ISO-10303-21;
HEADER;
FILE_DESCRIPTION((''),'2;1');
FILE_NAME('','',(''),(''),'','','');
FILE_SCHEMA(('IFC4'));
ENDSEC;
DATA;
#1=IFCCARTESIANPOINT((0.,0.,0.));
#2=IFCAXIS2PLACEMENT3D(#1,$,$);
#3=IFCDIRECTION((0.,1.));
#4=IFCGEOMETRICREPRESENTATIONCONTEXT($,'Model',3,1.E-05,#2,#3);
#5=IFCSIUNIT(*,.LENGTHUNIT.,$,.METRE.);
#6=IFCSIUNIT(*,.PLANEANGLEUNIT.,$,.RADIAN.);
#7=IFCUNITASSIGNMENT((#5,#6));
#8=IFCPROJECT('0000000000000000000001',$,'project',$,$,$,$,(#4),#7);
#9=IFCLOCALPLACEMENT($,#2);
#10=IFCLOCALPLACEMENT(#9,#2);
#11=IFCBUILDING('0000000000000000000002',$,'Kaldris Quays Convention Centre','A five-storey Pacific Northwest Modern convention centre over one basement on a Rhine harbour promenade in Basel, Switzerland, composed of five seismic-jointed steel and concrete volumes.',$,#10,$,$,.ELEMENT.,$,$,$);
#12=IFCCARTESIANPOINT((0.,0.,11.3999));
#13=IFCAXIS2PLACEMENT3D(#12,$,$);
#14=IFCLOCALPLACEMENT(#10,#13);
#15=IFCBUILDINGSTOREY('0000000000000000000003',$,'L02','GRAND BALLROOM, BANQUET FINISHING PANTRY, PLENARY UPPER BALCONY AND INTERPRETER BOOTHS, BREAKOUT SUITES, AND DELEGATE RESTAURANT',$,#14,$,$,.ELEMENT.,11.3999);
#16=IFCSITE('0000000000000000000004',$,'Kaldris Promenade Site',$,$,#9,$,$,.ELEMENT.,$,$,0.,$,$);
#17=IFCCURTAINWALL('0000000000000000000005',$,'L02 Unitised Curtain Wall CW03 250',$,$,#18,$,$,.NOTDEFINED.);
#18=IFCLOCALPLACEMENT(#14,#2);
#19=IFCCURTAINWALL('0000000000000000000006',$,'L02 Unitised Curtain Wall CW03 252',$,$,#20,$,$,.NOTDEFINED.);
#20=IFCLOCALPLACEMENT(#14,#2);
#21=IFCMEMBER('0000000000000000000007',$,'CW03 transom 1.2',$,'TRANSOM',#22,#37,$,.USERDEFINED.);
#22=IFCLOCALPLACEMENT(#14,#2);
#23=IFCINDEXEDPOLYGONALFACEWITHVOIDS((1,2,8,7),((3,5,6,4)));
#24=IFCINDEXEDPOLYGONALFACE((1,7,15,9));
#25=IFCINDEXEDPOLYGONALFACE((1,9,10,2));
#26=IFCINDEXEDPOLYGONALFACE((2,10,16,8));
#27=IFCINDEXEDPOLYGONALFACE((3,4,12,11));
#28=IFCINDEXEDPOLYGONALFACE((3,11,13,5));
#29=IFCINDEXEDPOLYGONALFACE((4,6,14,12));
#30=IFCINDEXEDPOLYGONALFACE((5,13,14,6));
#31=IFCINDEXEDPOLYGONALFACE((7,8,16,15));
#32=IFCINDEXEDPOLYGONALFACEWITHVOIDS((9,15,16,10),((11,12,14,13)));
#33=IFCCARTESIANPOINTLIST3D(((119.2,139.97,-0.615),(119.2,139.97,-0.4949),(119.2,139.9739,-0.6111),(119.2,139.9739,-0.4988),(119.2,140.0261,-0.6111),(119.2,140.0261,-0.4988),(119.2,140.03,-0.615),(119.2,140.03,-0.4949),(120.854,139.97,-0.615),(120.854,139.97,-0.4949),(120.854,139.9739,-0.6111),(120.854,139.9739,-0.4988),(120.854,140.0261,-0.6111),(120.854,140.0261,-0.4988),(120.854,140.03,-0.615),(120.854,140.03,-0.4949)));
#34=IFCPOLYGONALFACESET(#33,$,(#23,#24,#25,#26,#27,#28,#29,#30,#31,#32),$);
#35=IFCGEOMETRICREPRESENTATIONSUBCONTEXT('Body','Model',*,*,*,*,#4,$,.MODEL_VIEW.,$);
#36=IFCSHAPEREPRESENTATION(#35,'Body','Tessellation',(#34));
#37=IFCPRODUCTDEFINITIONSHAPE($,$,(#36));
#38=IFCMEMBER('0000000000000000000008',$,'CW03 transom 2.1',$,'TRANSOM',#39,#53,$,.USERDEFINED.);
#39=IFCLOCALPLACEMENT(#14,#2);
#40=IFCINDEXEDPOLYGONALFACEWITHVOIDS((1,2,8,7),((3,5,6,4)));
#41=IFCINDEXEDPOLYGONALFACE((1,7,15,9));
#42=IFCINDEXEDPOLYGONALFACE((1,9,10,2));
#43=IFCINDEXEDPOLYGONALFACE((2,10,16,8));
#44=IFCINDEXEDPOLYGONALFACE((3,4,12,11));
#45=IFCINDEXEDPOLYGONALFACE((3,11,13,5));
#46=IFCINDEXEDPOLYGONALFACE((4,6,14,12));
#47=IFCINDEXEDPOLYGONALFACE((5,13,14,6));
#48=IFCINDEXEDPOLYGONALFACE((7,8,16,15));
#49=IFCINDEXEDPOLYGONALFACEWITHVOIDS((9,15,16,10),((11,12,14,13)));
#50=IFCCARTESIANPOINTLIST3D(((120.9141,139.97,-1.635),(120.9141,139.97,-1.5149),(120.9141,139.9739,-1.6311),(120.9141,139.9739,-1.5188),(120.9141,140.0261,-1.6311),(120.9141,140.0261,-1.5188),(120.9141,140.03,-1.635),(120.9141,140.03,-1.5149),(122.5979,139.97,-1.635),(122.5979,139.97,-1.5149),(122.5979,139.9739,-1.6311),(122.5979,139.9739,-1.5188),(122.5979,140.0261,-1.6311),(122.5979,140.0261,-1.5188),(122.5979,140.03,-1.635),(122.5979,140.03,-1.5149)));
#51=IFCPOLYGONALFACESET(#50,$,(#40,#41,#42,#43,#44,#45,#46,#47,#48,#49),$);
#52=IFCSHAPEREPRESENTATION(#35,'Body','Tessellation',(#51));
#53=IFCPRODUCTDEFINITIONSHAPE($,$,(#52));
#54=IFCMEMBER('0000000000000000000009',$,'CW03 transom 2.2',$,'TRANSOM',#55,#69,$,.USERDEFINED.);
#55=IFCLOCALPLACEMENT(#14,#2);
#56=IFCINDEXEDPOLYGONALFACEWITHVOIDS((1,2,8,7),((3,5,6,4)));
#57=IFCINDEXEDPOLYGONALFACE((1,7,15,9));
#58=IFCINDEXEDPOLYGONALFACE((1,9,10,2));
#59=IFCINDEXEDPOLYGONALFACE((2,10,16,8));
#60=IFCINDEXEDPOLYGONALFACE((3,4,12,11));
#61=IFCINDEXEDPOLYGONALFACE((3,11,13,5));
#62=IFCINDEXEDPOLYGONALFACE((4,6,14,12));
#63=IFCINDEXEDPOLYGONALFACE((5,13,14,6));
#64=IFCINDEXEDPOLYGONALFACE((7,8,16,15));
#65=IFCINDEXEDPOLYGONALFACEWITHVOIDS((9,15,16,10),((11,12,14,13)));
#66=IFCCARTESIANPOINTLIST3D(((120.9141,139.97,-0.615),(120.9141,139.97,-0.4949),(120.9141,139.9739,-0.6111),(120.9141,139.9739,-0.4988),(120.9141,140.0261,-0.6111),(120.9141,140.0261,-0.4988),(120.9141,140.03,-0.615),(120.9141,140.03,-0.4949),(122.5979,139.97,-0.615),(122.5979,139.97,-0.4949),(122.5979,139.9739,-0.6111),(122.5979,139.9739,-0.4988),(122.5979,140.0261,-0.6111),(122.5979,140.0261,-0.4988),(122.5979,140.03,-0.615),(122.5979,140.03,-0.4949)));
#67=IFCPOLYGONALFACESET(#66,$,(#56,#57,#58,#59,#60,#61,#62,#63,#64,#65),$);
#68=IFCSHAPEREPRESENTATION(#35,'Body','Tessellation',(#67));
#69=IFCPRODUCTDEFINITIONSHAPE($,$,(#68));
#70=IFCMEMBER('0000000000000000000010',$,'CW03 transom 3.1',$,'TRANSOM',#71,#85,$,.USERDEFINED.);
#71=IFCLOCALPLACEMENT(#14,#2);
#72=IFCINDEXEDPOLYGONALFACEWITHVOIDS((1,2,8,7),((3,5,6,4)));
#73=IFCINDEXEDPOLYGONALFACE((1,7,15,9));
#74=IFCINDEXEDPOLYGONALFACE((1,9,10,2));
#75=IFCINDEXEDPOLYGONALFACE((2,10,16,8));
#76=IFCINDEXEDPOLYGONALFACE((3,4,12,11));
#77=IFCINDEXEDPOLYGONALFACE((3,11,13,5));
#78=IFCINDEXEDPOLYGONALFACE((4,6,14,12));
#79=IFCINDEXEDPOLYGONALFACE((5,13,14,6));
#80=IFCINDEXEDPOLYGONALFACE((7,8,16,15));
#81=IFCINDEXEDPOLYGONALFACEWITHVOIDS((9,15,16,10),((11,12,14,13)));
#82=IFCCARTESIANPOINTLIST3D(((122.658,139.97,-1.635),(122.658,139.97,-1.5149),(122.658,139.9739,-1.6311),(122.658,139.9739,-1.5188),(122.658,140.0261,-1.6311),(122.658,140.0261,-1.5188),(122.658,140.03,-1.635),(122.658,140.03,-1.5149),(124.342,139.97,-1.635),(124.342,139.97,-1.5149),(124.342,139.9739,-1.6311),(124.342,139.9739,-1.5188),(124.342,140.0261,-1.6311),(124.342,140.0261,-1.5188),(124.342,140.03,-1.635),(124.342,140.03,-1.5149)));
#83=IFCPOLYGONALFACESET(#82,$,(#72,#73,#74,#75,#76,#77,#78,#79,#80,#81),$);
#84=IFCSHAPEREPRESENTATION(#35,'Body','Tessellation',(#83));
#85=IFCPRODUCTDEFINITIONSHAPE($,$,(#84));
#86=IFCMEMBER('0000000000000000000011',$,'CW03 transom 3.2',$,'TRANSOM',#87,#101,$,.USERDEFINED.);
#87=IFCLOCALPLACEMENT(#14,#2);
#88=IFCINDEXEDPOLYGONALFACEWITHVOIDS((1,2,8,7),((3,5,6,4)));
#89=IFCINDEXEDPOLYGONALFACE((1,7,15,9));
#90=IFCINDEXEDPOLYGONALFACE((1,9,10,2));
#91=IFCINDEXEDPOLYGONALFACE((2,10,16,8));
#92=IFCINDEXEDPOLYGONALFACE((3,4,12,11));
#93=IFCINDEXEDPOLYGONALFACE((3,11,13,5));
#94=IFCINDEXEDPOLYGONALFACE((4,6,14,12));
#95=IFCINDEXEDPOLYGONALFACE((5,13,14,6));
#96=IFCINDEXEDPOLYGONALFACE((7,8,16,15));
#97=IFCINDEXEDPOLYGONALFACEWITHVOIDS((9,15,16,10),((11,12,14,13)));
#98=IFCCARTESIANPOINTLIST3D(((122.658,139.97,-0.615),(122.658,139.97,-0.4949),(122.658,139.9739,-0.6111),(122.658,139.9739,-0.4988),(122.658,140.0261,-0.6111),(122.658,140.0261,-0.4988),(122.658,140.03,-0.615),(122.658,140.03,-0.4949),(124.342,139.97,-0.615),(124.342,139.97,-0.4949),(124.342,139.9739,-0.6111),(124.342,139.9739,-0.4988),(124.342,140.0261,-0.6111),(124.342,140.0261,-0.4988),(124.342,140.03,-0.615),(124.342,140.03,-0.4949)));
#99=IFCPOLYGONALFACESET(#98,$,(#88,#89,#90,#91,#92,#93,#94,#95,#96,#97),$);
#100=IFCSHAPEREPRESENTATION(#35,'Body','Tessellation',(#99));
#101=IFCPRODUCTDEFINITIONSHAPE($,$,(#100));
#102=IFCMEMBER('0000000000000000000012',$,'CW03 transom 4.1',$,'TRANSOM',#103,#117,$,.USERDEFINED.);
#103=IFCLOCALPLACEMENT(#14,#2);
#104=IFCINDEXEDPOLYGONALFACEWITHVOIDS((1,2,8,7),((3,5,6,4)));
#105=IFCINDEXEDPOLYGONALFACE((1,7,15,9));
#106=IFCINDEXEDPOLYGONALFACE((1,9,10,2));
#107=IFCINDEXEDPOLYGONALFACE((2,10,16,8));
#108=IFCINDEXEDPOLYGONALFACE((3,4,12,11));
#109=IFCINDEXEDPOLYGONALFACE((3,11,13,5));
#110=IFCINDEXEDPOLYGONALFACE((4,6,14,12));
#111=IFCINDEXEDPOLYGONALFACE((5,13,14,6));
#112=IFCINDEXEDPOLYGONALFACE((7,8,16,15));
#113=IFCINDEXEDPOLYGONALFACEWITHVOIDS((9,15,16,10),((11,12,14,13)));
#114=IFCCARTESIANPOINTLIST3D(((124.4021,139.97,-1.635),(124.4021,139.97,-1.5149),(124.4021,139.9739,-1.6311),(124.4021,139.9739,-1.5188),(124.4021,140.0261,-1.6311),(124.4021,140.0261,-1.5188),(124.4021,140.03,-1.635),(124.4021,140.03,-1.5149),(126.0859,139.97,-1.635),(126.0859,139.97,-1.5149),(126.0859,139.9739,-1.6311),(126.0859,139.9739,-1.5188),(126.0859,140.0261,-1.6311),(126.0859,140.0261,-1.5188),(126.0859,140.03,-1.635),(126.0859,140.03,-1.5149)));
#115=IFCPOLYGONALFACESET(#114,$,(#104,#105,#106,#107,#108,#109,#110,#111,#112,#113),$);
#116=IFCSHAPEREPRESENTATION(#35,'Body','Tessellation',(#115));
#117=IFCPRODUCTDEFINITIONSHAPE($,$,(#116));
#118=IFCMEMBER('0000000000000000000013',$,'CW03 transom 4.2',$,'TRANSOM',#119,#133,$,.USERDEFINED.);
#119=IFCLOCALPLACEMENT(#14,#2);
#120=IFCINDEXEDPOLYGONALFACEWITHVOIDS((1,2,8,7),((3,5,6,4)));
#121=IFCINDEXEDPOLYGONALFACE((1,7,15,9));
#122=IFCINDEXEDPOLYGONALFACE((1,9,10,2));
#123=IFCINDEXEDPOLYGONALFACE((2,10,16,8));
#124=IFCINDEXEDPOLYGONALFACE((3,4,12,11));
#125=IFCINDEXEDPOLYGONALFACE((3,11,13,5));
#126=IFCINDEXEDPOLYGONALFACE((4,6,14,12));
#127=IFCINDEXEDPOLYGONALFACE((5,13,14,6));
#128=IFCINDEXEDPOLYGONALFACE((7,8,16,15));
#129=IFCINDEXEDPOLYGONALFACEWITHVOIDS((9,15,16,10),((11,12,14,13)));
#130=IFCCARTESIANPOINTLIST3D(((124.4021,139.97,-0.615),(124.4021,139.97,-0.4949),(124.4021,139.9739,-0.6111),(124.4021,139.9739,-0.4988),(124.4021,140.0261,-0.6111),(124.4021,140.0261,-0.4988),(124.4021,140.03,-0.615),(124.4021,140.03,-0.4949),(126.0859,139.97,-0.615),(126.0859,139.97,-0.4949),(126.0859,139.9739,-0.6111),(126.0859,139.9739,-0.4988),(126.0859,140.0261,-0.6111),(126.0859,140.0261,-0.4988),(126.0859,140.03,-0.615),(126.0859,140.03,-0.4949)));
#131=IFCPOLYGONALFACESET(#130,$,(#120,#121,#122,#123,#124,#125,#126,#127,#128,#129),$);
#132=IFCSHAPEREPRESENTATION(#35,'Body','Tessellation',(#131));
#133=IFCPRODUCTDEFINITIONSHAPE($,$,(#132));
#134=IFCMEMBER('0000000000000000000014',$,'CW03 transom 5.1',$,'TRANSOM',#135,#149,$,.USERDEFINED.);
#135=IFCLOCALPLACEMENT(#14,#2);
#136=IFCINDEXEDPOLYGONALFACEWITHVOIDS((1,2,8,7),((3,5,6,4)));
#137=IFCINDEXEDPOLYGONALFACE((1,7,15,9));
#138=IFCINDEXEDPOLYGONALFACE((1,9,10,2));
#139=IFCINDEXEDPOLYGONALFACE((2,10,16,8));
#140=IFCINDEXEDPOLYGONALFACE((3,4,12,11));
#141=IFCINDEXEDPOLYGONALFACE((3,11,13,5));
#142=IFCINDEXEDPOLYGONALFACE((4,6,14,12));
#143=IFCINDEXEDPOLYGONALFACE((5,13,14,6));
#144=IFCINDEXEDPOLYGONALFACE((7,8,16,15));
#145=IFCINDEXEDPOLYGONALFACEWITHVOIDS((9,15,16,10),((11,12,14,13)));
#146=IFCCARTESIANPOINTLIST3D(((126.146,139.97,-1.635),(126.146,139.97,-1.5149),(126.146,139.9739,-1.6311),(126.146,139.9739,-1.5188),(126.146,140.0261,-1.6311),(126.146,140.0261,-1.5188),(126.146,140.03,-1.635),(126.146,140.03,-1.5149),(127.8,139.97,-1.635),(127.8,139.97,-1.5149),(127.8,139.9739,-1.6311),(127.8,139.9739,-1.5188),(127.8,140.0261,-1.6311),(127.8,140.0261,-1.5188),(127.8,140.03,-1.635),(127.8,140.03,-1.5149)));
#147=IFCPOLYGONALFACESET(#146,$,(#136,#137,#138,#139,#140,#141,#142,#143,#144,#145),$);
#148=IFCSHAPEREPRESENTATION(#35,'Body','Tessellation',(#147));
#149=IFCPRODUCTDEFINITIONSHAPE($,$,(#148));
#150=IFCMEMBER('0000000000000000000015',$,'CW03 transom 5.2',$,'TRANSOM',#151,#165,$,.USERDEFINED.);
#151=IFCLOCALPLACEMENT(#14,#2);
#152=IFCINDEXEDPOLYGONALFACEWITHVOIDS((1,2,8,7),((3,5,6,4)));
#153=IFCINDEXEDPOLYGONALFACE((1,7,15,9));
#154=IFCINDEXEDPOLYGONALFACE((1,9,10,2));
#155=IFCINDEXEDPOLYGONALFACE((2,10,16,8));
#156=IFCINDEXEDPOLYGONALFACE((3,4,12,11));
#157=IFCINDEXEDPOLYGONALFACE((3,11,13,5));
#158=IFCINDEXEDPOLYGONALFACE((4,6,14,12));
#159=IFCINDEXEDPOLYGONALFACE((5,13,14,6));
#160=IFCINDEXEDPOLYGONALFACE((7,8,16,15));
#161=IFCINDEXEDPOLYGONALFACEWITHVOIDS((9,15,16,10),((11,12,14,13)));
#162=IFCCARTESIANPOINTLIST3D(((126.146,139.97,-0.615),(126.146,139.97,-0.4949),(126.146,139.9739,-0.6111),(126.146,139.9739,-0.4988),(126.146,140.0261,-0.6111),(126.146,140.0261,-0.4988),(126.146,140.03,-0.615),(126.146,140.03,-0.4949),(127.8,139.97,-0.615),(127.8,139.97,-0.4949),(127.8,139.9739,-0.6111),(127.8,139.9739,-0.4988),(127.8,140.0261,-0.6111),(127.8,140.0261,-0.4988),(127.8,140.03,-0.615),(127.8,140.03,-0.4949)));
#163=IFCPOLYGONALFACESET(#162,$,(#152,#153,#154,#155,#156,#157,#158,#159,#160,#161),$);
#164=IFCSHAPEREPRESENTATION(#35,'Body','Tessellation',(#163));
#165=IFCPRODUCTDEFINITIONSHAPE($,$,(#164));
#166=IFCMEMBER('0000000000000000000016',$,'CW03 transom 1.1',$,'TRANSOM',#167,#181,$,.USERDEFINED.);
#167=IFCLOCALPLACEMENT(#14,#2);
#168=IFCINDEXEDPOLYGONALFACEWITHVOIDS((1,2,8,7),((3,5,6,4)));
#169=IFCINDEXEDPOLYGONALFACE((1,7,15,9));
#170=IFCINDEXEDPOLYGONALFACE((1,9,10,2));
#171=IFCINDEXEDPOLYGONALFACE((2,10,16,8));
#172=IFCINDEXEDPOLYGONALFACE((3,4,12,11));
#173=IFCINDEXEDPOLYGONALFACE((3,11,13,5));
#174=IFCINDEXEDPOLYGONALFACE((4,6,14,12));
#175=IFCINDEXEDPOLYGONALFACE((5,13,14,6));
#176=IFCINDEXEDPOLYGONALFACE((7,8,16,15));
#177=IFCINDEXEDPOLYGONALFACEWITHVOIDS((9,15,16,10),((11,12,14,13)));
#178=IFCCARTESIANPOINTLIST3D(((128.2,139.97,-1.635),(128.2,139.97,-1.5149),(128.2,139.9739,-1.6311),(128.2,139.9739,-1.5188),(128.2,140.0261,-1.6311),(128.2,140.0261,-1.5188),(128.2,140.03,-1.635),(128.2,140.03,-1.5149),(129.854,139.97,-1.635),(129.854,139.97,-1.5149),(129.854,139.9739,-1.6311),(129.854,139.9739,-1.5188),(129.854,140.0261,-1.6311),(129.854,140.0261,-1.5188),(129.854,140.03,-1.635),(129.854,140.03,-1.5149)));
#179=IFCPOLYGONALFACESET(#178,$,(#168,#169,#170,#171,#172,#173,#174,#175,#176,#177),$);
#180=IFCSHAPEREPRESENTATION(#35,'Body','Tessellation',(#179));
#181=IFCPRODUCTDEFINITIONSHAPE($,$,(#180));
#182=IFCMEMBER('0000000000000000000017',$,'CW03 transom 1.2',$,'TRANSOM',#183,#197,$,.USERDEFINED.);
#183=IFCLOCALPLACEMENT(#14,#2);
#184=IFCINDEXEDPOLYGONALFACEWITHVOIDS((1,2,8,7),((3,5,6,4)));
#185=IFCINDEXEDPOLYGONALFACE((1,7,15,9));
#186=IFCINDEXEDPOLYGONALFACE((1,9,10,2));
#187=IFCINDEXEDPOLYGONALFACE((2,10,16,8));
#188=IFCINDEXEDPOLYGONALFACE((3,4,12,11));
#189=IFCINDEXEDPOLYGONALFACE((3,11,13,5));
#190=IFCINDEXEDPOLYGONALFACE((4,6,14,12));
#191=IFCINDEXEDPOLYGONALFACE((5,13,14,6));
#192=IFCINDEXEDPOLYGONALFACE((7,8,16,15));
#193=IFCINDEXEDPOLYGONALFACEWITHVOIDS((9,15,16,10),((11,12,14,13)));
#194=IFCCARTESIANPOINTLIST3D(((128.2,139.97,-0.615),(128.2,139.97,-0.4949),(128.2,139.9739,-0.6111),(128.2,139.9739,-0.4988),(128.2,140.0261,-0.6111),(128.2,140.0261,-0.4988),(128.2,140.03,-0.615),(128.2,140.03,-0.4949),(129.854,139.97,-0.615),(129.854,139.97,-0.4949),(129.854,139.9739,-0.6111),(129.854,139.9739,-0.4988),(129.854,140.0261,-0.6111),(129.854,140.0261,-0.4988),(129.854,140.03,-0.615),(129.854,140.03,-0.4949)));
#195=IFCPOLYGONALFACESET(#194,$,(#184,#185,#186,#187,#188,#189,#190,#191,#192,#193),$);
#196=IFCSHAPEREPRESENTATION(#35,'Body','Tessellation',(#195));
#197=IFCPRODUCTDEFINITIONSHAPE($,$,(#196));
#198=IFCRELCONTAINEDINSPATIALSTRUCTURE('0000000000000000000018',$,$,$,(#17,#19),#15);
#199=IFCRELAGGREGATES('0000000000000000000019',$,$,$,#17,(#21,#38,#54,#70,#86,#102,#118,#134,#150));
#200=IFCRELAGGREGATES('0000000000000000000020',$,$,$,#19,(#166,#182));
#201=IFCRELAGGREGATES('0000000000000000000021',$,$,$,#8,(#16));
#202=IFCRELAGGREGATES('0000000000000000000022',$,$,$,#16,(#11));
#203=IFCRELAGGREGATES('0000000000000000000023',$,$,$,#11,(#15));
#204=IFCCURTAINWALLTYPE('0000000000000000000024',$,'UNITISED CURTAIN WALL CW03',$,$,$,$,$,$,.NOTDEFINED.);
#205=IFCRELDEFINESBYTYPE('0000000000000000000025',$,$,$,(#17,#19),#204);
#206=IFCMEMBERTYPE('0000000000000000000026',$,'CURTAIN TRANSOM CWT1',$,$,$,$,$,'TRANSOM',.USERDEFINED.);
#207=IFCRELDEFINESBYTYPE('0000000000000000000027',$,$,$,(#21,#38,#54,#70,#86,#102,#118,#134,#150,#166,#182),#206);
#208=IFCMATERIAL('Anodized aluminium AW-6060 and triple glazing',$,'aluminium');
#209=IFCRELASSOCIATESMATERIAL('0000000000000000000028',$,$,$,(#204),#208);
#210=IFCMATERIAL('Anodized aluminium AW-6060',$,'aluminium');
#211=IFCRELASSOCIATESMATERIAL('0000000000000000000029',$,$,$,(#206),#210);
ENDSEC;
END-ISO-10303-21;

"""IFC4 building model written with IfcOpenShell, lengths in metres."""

from ifc_helpers import new_model, si_unit, direction, frame, origin, origin_2d, place, context, subcontext, project, spatial, hollow_rectangle, extrude, material, material_profile, profile_set, type_object, element, aggregate, save


model = new_model("IFC4")

# Units and contexts
model_context = context("Model", 3, precision=1e-05, world=origin(), true_north=direction((0.0, 1.0)))
body_context = subcontext(model_context, "Body", "Model", "MODEL_VIEW")
ifc_project = project(units=[si_unit("LENGTHUNIT", "METRE"), si_unit("PLANEANGLEUNIT", "RADIAN")], contexts=[model_context])

# Site, building, storey
site_placement = place(None, origin())
site = spatial("IfcSite", under=ifc_project, at=site_placement, Name="Kaldris Promenade Site", CompositionType="ELEMENT", RefElevation=0.0)
building_placement = place(site_placement, origin())
building = spatial("IfcBuilding", under=site, at=building_placement, Name="Kaldris Quays Convention Centre", Description="A five-storey Pacific Northwest Modern convention centre over one basement on a Rhine harbour promenade in Basel, Switzerland, composed of five seismic-jointed steel and concrete volumes.", CompositionType="ELEMENT")
storey_placement = place(building_placement, frame((0.0, 0.0, 11.3999)))
storey = spatial("IfcBuildingStorey", under=building, at=storey_placement, Name="L02", Description="GRAND BALLROOM, BANQUET FINISHING PANTRY, PLENARY UPPER BALCONY AND INTERPRETER BOOTHS, BREAKOUT SUITES, AND DELEGATE RESTAURANT", CompositionType="ELEMENT", Elevation=11.3999)

# Curtain walls
ifc_material_1 = material(Name="Anodized aluminium AW-6060 and triple glazing", Category="aluminium")
curtain_wall_type = type_object("IfcCurtainWallType", Name="UNITISED CURTAIN WALL CW03", PredefinedType="NOTDEFINED", material=ifc_material_1)
curtain_wall_1_placement = place(storey_placement, origin())
curtain_wall_1 = element("IfcCurtainWall", 1, at=curtain_wall_1_placement, inside=storey, type_object=curtain_wall_type, Name="L02 Unitised Curtain Wall CW03 250", PredefinedType="NOTDEFINED")
ifc_material_2 = material(Name="Anodized aluminium AW-6060", Category="aluminium")
curtain_wall_2_placement = place(storey_placement, origin())
curtain_wall_2 = element("IfcCurtainWall", 2, at=curtain_wall_2_placement, inside=storey, type_object=curtain_wall_type, Name="L02 Unitised Curtain Wall CW03 252", PredefinedType="NOTDEFINED")

# Members
ifc_material_profile_1 = material_profile(ifc_material_2, hollow_rectangle(XDim=0.0601, YDim=0.1201, WallThickness=0.0039, at=origin_2d()), Name="RHS 120x60x4")
ifc_profile_set_1 = profile_set([ifc_material_profile_1], Name="Anodized aluminium AW-6060")
member_type_1 = type_object("IfcMemberType", Name="CURTAIN TRANSOM CWT1", ElementType="TRANSOM", PredefinedType="USERDEFINED", material=ifc_profile_set_1)
member_1_placement = place(storey_placement, frame((119.2, 140.0, -0.5549), z_axis=(1.0, 0.0, 0.0), x_axis=(0.0, 1.0, 0.0)))
member_1 = element("IfcMember", 3, at=member_1_placement, type_object=member_type_1, Name="CW03 transom 1.2", ObjectType="TRANSOM", PredefinedType="USERDEFINED", context=body_context, shape_type="SweptSolid", body=[
    extrude(hollow_rectangle(XDim=0.0601, YDim=0.1201, WallThickness=0.0039, at=origin_2d()), origin(), (0.0, 0.0, 1.0), 1.6541),
])
member_2_placement = place(storey_placement, frame((120.9141, 140.0, -1.575), z_axis=(1.0, 0.0, 0.0), x_axis=(0.0, 1.0, 0.0)))
member_2 = element("IfcMember", 4, at=member_2_placement, type_object=member_type_1, Name="CW03 transom 2.1", ObjectType="TRANSOM", PredefinedType="USERDEFINED", context=body_context, shape_type="SweptSolid", body=[
    extrude(hollow_rectangle(XDim=0.0601, YDim=0.1201, WallThickness=0.0039, at=origin_2d()), origin(), (0.0, 0.0, 1.0), 1.6838),
])
member_3_placement = place(storey_placement, frame((120.9141, 140.0, -0.5549), z_axis=(1.0, 0.0, 0.0), x_axis=(0.0, 1.0, 0.0)))
member_3 = element("IfcMember", 5, at=member_3_placement, type_object=member_type_1, Name="CW03 transom 2.2", ObjectType="TRANSOM", PredefinedType="USERDEFINED", context=body_context, shape_type="SweptSolid", body=[
    extrude(hollow_rectangle(XDim=0.0601, YDim=0.1201, WallThickness=0.0039, at=origin_2d()), origin(), (0.0, 0.0, 1.0), 1.6838),
])
member_4_placement = place(storey_placement, frame((122.658, 140.0, -1.575), z_axis=(1.0, 0.0, 0.0), x_axis=(0.0, 1.0, 0.0)))
member_4 = element("IfcMember", 6, at=member_4_placement, type_object=member_type_1, Name="CW03 transom 3.1", ObjectType="TRANSOM", PredefinedType="USERDEFINED", context=body_context, shape_type="SweptSolid", body=[
    extrude(hollow_rectangle(XDim=0.0601, YDim=0.1201, WallThickness=0.0039, at=origin_2d()), origin(), (0.0, 0.0, 1.0), 1.6841),
])
member_5_placement = place(storey_placement, frame((122.658, 140.0, -0.5549), z_axis=(1.0, 0.0, 0.0), x_axis=(0.0, 1.0, 0.0)))
member_5 = element("IfcMember", 7, at=member_5_placement, type_object=member_type_1, Name="CW03 transom 3.2", ObjectType="TRANSOM", PredefinedType="USERDEFINED", context=body_context, shape_type="SweptSolid", body=[
    extrude(hollow_rectangle(XDim=0.0601, YDim=0.1201, WallThickness=0.0039, at=origin_2d()), origin(), (0.0, 0.0, 1.0), 1.6841),
])
member_6_placement = place(storey_placement, frame((124.4021, 140.0, -1.575), z_axis=(1.0, 0.0, 0.0), x_axis=(0.0, 1.0, 0.0)))
member_6 = element("IfcMember", 8, at=member_6_placement, type_object=member_type_1, Name="CW03 transom 4.1", ObjectType="TRANSOM", PredefinedType="USERDEFINED", context=body_context, shape_type="SweptSolid", body=[
    extrude(hollow_rectangle(XDim=0.0601, YDim=0.1201, WallThickness=0.0039, at=origin_2d()), origin(), (0.0, 0.0, 1.0), 1.6838),
])
member_7_placement = place(storey_placement, frame((124.4021, 140.0, -0.5549), z_axis=(1.0, 0.0, 0.0), x_axis=(0.0, 1.0, 0.0)))
member_7 = element("IfcMember", 9, at=member_7_placement, type_object=member_type_1, Name="CW03 transom 4.2", ObjectType="TRANSOM", PredefinedType="USERDEFINED", context=body_context, shape_type="SweptSolid", body=[
    extrude(hollow_rectangle(XDim=0.0601, YDim=0.1201, WallThickness=0.0039, at=origin_2d()), origin(), (0.0, 0.0, 1.0), 1.6838),
])
member_8_placement = place(storey_placement, frame((126.146, 140.0, -1.575), z_axis=(1.0, 0.0, 0.0), x_axis=(0.0, 1.0, 0.0)))
member_8 = element("IfcMember", 10, at=member_8_placement, type_object=member_type_1, Name="CW03 transom 5.1", ObjectType="TRANSOM", PredefinedType="USERDEFINED", context=body_context, shape_type="SweptSolid", body=[
    extrude(hollow_rectangle(XDim=0.0601, YDim=0.1201, WallThickness=0.0039, at=origin_2d()), origin(), (0.0, 0.0, 1.0), 1.6541),
])
member_9_placement = place(storey_placement, frame((126.146, 140.0, -0.5549), z_axis=(1.0, 0.0, 0.0), x_axis=(0.0, 1.0, 0.0)))
member_9 = element("IfcMember", 11, at=member_9_placement, type_object=member_type_1, Name="CW03 transom 5.2", ObjectType="TRANSOM", PredefinedType="USERDEFINED", context=body_context, shape_type="SweptSolid", body=[
    extrude(hollow_rectangle(XDim=0.0601, YDim=0.1201, WallThickness=0.0039, at=origin_2d()), origin(), (0.0, 0.0, 1.0), 1.6541),
])
member_10_placement = place(storey_placement, frame((128.2, 140.0, -1.575), z_axis=(1.0, 0.0, 0.0), x_axis=(0.0, 1.0, 0.0)))
member_10 = element("IfcMember", 12, at=member_10_placement, type_object=member_type_1, Name="CW03 transom 1.1", ObjectType="TRANSOM", PredefinedType="USERDEFINED", context=body_context, shape_type="SweptSolid", body=[
    extrude(hollow_rectangle(XDim=0.0601, YDim=0.1201, WallThickness=0.0039, at=origin_2d()), origin(), (0.0, 0.0, 1.0), 1.6541),
])
member_11_placement = place(storey_placement, frame((128.2, 140.0, -0.5549), z_axis=(1.0, 0.0, 0.0), x_axis=(0.0, 1.0, 0.0)))
member_11 = element("IfcMember", 13, at=member_11_placement, type_object=member_type_1, Name="CW03 transom 1.2", ObjectType="TRANSOM", PredefinedType="USERDEFINED", context=body_context, shape_type="SweptSolid", body=[
    extrude(hollow_rectangle(XDim=0.0601, YDim=0.1201, WallThickness=0.0039, at=origin_2d()), origin(), (0.0, 0.0, 1.0), 1.6541),
])

aggregate(curtain_wall_1, [member_1, member_2, member_3, member_4, member_5, member_6, member_7, member_8, member_9])
aggregate(curtain_wall_2, [member_10, member_11])

save(model, "model.ifc")
